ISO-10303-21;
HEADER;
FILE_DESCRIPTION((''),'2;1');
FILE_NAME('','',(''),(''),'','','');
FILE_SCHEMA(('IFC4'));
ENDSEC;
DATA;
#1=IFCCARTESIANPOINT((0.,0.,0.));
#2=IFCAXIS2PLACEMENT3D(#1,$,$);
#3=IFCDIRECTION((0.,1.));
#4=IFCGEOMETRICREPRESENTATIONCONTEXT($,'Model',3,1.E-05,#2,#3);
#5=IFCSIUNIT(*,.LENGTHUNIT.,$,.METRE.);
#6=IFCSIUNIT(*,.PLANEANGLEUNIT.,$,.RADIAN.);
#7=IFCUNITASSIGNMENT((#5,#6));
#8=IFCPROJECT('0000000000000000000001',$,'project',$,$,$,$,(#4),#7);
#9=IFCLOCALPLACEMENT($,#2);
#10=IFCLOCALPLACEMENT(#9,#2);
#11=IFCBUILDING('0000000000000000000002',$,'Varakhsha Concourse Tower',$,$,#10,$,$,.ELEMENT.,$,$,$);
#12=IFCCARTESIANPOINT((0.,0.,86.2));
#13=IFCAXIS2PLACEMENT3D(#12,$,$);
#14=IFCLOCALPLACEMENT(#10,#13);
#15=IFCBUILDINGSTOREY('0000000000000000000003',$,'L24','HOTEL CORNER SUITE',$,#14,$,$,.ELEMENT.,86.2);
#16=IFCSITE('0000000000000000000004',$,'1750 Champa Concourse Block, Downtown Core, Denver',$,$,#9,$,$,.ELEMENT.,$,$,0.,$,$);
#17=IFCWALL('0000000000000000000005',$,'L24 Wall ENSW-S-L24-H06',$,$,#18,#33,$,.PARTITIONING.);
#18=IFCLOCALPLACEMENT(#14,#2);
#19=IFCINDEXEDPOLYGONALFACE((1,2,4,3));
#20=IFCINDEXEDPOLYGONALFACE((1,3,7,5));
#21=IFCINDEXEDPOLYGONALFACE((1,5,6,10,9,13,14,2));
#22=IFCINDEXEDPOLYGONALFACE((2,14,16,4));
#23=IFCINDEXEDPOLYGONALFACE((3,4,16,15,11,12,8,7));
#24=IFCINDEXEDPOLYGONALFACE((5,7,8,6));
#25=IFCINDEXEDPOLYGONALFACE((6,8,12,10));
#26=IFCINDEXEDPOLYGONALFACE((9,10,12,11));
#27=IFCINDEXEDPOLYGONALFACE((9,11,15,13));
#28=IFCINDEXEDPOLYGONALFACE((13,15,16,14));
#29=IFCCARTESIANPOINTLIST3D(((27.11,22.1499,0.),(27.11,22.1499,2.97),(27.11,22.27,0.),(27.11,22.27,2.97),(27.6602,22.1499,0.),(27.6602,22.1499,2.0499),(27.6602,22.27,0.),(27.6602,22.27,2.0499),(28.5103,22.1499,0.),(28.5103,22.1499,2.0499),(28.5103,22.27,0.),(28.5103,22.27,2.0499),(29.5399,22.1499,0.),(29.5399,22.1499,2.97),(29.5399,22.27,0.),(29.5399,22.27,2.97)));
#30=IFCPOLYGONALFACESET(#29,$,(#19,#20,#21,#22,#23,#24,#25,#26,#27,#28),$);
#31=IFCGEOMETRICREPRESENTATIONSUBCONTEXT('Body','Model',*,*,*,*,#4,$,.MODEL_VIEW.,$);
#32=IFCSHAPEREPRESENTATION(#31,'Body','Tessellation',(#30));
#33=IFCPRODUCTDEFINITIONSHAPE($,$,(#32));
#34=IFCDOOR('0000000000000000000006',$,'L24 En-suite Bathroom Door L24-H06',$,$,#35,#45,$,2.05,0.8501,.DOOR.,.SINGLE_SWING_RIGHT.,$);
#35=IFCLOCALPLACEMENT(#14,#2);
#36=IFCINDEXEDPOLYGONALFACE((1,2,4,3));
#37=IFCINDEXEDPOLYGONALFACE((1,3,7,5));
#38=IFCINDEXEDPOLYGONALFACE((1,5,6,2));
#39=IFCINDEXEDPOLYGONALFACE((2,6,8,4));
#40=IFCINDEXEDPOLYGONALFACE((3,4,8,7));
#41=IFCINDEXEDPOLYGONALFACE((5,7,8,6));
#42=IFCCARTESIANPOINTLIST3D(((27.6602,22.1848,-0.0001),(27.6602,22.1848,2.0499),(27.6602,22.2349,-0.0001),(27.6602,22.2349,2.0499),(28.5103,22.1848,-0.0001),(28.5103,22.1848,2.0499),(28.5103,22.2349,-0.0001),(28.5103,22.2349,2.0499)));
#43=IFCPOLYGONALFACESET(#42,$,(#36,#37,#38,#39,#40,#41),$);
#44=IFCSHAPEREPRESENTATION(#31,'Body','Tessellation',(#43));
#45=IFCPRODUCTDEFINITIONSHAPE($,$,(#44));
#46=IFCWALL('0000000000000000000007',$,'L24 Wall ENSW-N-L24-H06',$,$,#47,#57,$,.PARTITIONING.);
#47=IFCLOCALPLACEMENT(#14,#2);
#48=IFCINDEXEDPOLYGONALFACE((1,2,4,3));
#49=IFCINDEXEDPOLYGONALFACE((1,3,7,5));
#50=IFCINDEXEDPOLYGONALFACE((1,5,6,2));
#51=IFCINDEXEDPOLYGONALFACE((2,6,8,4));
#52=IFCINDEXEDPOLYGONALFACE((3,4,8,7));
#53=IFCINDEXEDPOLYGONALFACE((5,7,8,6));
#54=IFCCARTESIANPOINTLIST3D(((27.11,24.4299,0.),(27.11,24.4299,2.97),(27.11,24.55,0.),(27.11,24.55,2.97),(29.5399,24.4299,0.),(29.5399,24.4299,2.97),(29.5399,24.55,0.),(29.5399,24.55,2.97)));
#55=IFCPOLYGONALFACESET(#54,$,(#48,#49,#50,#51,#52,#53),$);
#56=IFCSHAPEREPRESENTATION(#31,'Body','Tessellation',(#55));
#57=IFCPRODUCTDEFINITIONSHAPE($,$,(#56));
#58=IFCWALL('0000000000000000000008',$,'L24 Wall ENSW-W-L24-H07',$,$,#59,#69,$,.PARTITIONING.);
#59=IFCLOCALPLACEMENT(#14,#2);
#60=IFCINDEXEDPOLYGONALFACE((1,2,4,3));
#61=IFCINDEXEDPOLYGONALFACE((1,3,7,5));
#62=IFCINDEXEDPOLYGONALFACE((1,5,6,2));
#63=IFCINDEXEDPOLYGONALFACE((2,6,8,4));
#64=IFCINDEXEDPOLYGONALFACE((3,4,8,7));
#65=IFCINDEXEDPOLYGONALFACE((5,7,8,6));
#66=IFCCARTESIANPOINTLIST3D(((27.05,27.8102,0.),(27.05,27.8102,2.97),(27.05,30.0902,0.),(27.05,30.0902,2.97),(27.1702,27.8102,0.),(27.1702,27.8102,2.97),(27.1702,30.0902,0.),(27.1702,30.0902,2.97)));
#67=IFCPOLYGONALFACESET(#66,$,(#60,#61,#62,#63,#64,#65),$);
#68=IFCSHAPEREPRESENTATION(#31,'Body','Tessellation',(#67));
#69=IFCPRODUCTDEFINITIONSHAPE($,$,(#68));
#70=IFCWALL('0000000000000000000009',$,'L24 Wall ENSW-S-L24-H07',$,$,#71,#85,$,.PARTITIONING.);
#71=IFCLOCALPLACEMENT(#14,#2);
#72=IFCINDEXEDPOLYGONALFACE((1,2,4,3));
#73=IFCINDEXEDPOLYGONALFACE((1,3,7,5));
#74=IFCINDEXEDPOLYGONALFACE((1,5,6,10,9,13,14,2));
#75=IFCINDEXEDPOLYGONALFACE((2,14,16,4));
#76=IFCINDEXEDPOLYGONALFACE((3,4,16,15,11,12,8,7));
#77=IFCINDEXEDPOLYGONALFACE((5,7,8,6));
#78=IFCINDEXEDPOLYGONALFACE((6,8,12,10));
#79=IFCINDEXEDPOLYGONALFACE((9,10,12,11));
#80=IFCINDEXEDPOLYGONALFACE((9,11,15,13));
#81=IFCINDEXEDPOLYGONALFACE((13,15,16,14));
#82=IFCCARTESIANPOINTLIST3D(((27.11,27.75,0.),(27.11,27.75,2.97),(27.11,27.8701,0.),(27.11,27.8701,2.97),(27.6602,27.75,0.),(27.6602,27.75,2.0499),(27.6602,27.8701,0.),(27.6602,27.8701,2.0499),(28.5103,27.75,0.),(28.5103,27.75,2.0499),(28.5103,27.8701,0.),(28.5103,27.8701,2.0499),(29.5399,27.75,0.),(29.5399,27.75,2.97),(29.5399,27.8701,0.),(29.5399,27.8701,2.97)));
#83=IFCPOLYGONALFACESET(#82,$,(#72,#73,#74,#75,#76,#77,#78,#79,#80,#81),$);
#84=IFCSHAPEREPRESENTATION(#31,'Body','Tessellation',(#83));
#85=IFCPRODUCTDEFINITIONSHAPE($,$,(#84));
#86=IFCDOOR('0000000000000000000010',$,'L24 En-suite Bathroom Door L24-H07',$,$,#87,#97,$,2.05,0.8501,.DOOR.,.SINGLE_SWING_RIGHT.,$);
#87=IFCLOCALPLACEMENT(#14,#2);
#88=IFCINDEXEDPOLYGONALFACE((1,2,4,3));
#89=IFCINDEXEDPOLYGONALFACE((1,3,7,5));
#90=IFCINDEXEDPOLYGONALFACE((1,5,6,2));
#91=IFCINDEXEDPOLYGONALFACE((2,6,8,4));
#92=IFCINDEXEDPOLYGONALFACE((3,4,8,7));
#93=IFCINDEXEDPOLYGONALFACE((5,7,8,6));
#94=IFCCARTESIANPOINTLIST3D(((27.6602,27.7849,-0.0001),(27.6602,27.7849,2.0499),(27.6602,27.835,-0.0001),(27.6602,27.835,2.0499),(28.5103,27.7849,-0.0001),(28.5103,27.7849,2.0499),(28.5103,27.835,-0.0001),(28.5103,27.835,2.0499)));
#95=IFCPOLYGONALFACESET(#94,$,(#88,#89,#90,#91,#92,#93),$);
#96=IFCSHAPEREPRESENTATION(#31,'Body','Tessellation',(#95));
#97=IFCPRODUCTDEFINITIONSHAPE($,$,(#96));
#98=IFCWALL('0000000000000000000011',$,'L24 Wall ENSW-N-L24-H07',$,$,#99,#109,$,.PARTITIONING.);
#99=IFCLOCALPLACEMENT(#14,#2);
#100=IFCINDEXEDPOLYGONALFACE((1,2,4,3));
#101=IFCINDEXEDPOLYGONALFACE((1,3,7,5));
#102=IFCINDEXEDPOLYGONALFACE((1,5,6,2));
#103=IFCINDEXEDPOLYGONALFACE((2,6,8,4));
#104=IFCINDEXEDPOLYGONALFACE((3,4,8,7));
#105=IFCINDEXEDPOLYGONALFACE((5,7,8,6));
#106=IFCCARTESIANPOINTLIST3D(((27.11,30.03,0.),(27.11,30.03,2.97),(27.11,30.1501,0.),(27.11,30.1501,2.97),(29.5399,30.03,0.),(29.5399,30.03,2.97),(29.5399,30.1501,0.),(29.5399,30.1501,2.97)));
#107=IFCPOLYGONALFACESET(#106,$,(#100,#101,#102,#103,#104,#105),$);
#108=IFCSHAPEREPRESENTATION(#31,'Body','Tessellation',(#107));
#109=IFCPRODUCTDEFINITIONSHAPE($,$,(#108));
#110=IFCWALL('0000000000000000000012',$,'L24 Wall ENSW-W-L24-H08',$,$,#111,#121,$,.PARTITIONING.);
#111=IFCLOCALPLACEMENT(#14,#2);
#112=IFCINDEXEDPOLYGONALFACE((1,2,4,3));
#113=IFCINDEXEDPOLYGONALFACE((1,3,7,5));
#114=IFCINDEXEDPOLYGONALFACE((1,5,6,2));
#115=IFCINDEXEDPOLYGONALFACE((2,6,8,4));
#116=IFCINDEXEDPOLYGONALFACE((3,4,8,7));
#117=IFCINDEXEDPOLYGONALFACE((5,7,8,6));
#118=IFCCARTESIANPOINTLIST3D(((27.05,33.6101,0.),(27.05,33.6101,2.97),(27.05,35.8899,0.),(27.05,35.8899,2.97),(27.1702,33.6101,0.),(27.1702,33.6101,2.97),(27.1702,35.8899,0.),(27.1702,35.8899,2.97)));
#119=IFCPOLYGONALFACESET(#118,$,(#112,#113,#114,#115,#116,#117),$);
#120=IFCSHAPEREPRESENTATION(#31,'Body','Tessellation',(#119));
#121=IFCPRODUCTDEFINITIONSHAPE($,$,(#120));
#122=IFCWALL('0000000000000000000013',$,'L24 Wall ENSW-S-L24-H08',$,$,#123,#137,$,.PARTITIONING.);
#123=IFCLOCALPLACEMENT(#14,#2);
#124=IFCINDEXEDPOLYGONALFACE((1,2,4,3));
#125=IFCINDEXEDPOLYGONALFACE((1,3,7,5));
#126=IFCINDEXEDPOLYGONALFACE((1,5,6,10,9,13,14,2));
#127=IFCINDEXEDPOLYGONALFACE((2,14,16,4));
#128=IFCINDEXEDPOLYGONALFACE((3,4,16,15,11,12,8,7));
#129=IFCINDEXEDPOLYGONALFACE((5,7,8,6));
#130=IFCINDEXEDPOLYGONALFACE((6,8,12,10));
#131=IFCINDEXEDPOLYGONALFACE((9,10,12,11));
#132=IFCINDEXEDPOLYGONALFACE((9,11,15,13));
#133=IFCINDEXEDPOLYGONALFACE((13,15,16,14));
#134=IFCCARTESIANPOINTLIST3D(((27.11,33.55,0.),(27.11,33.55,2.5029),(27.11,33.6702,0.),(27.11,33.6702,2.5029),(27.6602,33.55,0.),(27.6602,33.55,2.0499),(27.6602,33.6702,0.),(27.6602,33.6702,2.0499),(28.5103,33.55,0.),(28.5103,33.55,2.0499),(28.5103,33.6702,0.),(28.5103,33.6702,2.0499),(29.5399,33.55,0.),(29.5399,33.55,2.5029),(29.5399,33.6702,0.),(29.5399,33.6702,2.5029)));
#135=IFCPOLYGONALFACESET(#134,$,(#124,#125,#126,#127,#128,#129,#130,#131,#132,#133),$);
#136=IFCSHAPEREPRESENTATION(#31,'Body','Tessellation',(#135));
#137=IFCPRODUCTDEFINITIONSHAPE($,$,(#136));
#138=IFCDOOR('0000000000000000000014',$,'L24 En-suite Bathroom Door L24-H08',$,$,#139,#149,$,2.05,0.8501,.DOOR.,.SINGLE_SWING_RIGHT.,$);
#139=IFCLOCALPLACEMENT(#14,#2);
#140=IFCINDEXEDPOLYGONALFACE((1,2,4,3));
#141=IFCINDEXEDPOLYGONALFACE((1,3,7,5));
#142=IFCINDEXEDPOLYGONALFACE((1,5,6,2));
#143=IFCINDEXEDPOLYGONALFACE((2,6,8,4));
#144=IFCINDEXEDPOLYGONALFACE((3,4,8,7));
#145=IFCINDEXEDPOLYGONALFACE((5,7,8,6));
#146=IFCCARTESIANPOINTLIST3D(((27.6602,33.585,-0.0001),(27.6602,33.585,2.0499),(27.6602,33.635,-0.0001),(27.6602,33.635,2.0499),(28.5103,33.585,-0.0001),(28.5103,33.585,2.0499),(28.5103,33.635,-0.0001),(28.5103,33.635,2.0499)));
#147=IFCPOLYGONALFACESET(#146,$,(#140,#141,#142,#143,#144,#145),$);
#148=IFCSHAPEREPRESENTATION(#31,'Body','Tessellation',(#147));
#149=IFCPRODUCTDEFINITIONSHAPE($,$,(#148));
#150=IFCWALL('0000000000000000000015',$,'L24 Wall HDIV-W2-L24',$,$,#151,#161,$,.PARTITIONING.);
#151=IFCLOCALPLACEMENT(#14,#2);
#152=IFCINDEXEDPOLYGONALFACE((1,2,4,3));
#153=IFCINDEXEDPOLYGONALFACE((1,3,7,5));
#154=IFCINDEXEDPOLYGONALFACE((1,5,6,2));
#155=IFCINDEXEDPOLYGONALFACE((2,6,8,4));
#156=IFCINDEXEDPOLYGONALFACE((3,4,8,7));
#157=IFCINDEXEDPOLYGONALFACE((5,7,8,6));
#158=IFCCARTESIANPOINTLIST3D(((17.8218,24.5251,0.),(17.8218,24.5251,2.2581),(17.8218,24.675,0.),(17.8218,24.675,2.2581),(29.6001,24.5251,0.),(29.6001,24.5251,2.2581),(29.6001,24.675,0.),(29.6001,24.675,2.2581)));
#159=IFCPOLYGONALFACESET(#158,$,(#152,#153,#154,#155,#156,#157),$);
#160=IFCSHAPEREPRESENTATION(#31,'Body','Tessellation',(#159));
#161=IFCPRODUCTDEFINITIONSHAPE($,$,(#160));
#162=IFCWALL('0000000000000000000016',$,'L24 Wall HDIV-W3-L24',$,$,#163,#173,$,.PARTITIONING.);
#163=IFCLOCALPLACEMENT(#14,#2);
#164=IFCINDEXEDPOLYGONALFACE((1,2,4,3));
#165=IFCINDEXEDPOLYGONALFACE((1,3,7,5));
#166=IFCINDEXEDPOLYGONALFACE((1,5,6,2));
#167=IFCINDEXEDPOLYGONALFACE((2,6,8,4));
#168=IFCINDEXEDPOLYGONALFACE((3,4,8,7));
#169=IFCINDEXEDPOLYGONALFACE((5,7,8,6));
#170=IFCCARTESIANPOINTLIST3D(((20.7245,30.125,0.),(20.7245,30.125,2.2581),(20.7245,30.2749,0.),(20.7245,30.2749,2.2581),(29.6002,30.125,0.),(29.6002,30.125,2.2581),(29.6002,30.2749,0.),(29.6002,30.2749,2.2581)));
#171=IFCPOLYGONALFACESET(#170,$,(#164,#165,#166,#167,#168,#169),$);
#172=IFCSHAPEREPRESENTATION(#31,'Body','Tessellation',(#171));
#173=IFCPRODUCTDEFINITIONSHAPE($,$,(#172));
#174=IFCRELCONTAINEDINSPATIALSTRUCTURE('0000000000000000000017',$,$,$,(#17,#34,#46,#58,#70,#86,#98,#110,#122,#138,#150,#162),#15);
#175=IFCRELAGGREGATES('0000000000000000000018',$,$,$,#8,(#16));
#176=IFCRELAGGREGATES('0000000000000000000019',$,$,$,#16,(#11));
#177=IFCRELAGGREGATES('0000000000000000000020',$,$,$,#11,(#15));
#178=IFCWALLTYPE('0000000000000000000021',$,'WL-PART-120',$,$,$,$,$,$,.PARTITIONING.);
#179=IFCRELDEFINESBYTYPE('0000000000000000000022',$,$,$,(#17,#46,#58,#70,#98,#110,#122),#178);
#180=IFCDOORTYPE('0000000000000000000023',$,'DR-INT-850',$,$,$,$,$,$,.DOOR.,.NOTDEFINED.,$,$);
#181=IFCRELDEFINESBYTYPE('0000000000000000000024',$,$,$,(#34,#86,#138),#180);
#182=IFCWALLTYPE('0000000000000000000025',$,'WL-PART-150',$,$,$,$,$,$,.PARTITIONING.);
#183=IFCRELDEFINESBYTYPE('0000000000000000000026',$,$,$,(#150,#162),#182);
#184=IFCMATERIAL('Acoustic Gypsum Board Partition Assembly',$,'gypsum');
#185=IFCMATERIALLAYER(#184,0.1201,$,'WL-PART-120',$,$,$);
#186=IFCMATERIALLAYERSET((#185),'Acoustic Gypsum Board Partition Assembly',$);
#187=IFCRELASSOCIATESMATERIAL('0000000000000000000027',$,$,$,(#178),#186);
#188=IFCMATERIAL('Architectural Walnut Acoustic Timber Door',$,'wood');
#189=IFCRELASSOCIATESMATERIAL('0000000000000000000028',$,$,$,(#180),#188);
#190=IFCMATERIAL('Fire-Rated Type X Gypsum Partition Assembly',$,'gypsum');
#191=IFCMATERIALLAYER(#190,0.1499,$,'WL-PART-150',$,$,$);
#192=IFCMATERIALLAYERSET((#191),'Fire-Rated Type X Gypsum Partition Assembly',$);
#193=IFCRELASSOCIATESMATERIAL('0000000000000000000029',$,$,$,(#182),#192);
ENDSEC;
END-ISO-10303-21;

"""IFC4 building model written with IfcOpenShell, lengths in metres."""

from ifc_helpers import new_model, si_unit, direction, frame, frame_2d, origin, place, context, subcontext, project, spatial, rectangle, extrude, material, layer, layer_set, type_object, element, fill, save


model = new_model("IFC4")

# Units and contexts
model_context = context("Model", 3, precision=1e-05, world=origin(), true_north=direction((0.0, 1.0)))
body_context = subcontext(model_context, "Body", "Model", "MODEL_VIEW")
ifc_project = project(units=[si_unit("LENGTHUNIT", "METRE"), si_unit("PLANEANGLEUNIT", "RADIAN")], contexts=[model_context])

# Site, building, storey
site_placement = place(None, origin())
site = spatial("IfcSite", under=ifc_project, at=site_placement, Name="1750 Champa Concourse Block, Downtown Core, Denver", CompositionType="ELEMENT", RefElevation=0.0)
building_placement = place(site_placement, origin())
building = spatial("IfcBuilding", under=site, at=building_placement, Name="Varakhsha Concourse Tower", CompositionType="ELEMENT")
storey_placement = place(building_placement, frame((0.0, 0.0, 86.2)))
storey = spatial("IfcBuildingStorey", under=building, at=storey_placement, Name="L24", Description="HOTEL CORNER SUITE", CompositionType="ELEMENT", Elevation=86.2)

# Shared definitions
ifc_material_1 = material(Name="Acoustic Gypsum Board Partition Assembly", Category="gypsum")
ifc_layer_1 = layer(ifc_material_1, 0.1201, Name="WL-PART-120")
ifc_layer_set_1 = layer_set([ifc_layer_1], Name="Acoustic Gypsum Board Partition Assembly")
wall_type_1 = type_object("IfcWallType", Name="WL-PART-120", PredefinedType="PARTITIONING", material=ifc_layer_set_1)

# Wall, opening, door
wall_1_placement = place(storey_placement, frame((27.1101, 22.21, 0.0), z_axis=(0.0, 0.0, 1.0), x_axis=(1.0, 0.0, 0.0)))
wall_1 = element("IfcWall", 1, at=wall_1_placement, inside=storey, type_object=wall_type_1, Name="L24 Wall ENSW-S-L24-H06", PredefinedType="PARTITIONING", context=body_context, shape_type="SweptSolid", body=[
    extrude(rectangle(XDim=2.4299, YDim=0.1201, at=frame_2d((1.2148, 0.0))), origin(), (0.0, 0.0, 1.0), 2.97),
])
opening_1_placement = place(wall_1_placement, frame((0.55, 0.0, 0.0)))
opening_1 = element("IfcOpeningElement", 2, at=opening_1_placement, cuts=wall_1, PredefinedType="OPENING", context=body_context, shape_type="SweptSolid", body=[
    extrude(rectangle(XDim=0.8501, YDim=2.05, at=frame_2d((0.425, 1.0249))), frame((0.0, 0.0701, 0.0), z_axis=(0.0, -1.0, 0.0), x_axis=(1.0, 0.0, 0.0)), (0.0, 0.0, 1.0), 0.1401),
])
ifc_material_2 = material(Name="Architectural Walnut Acoustic Timber Door", Category="wood")
door_type_1 = type_object("IfcDoorType", Name="DR-INT-850", OperationType="NOTDEFINED", PredefinedType="DOOR", material=ifc_material_2)
door_1_placement = place(opening_1_placement, origin())
door_1 = element("IfcDoor", 3, at=door_1_placement, inside=storey, type_object=door_type_1, Name="L24 En-suite Bathroom Door L24-H06", OperationType="SINGLE_SWING_RIGHT", OverallHeight=2.05, OverallWidth=0.8501, PredefinedType="DOOR", context=body_context, shape_type="SweptSolid", body=[
    extrude(rectangle(XDim=0.8501, YDim=2.05, at=frame_2d((0.425, 1.0249))), frame((0.0, 0.0249, 0.0), z_axis=(0.0, -1.0, 0.0), x_axis=(1.0, 0.0, 0.0)), (0.0, 0.0, 1.0), 0.05),
])
fill(opening_1, door_1)

# Walls
wall_2_placement = place(storey_placement, frame((27.1101, 24.49, 0.0), z_axis=(0.0, 0.0, 1.0), x_axis=(1.0, 0.0, 0.0)))
element("IfcWall", 4, at=wall_2_placement, inside=storey, type_object=wall_type_1, Name="L24 Wall ENSW-N-L24-H06", PredefinedType="PARTITIONING", context=body_context, shape_type="SweptSolid", body=[
    extrude(rectangle(XDim=2.4299, YDim=0.1201, at=frame_2d((1.2148, 0.0))), origin(), (0.0, 0.0, 1.0), 2.97),
])
wall_3_placement = place(storey_placement, frame((27.1101, 27.8101, 0.0), z_axis=(0.0, 0.0, 1.0), x_axis=(0.0, 1.0, 0.0)))
element("IfcWall", 5, at=wall_3_placement, inside=storey, type_object=wall_type_1, Name="L24 Wall ENSW-W-L24-H07", PredefinedType="PARTITIONING", context=body_context, shape_type="SweptSolid", body=[
    extrude(rectangle(XDim=2.28, YDim=0.1201, at=frame_2d((1.1401, 0.0))), origin(), (0.0, 0.0, 1.0), 2.97),
])

# Wall, opening, door
wall_4_placement = place(storey_placement, frame((27.1101, 27.8101, 0.0), z_axis=(0.0, 0.0, 1.0), x_axis=(1.0, 0.0, 0.0)))
wall_4 = element("IfcWall", 6, at=wall_4_placement, inside=storey, type_object=wall_type_1, Name="L24 Wall ENSW-S-L24-H07", PredefinedType="PARTITIONING", context=body_context, shape_type="SweptSolid", body=[
    extrude(rectangle(XDim=2.4299, YDim=0.1201, at=frame_2d((1.2148, 0.0))), origin(), (0.0, 0.0, 1.0), 2.97),
])
opening_2_placement = place(wall_4_placement, frame((0.55, 0.0, 0.0)))
opening_2 = element("IfcOpeningElement", 7, at=opening_2_placement, cuts=wall_4, PredefinedType="OPENING", context=body_context, shape_type="SweptSolid", body=[
    extrude(rectangle(XDim=0.8501, YDim=2.05, at=frame_2d((0.425, 1.0249))), frame((0.0, 0.0701, 0.0), z_axis=(0.0, -1.0, 0.0), x_axis=(1.0, 0.0, 0.0)), (0.0, 0.0, 1.0), 0.1401),
])
door_2_placement = place(opening_2_placement, origin())
door_2 = element("IfcDoor", 8, at=door_2_placement, inside=storey, type_object=door_type_1, Name="L24 En-suite Bathroom Door L24-H07", OperationType="SINGLE_SWING_RIGHT", OverallHeight=2.05, OverallWidth=0.8501, PredefinedType="DOOR", context=body_context, shape_type="SweptSolid", body=[
    extrude(rectangle(XDim=0.8501, YDim=2.05, at=frame_2d((0.425, 1.0249))), frame((0.0, 0.0249, 0.0), z_axis=(0.0, -1.0, 0.0), x_axis=(1.0, 0.0, 0.0)), (0.0, 0.0, 1.0), 0.05),
])
fill(opening_2, door_2)

# Walls
wall_5_placement = place(storey_placement, frame((27.1101, 30.0901, 0.0), z_axis=(0.0, 0.0, 1.0), x_axis=(1.0, 0.0, 0.0)))
element("IfcWall", 9, at=wall_5_placement, inside=storey, type_object=wall_type_1, Name="L24 Wall ENSW-N-L24-H07", PredefinedType="PARTITIONING", context=body_context, shape_type="SweptSolid", body=[
    extrude(rectangle(XDim=2.4299, YDim=0.1201, at=frame_2d((1.2148, 0.0))), origin(), (0.0, 0.0, 1.0), 2.97),
])
wall_6_placement = place(storey_placement, frame((27.1101, 33.6101, 0.0), z_axis=(0.0, 0.0, 1.0), x_axis=(0.0, 1.0, 0.0)))
element("IfcWall", 10, at=wall_6_placement, inside=storey, type_object=wall_type_1, Name="L24 Wall ENSW-W-L24-H08", PredefinedType="PARTITIONING", context=body_context, shape_type="SweptSolid", body=[
    extrude(rectangle(XDim=2.2798, YDim=0.1201, at=frame_2d((1.1399, 0.0))), origin(), (0.0, 0.0, 1.0), 2.97),
])

# Wall, opening, door
wall_7_placement = place(storey_placement, frame((27.1101, 33.6101, 0.0), z_axis=(0.0, 0.0, 1.0), x_axis=(1.0, 0.0, 0.0)))
wall_7 = element("IfcWall", 11, at=wall_7_placement, inside=storey, type_object=wall_type_1, Name="L24 Wall ENSW-S-L24-H08", PredefinedType="PARTITIONING", context=body_context, shape_type="SweptSolid", body=[
    extrude(rectangle(XDim=2.4299, YDim=0.1201, at=frame_2d((1.2148, 0.0))), origin(), (0.0, 0.0, 1.0), 2.5029),
])
opening_3_placement = place(wall_7_placement, frame((0.55, 0.0, 0.0)))
opening_3 = element("IfcOpeningElement", 12, at=opening_3_placement, cuts=wall_7, PredefinedType="OPENING", context=body_context, shape_type="SweptSolid", body=[
    extrude(rectangle(XDim=0.8501, YDim=2.05, at=frame_2d((0.425, 1.0249))), frame((0.0, 0.0701, 0.0), z_axis=(0.0, -1.0, 0.0), x_axis=(1.0, 0.0, 0.0)), (0.0, 0.0, 1.0), 0.1401),
])
door_3_placement = place(opening_3_placement, origin())
door_3 = element("IfcDoor", 13, at=door_3_placement, inside=storey, type_object=door_type_1, Name="L24 En-suite Bathroom Door L24-H08", OperationType="SINGLE_SWING_RIGHT", OverallHeight=2.05, OverallWidth=0.8501, PredefinedType="DOOR", context=body_context, shape_type="SweptSolid", body=[
    extrude(rectangle(XDim=0.8501, YDim=2.05, at=frame_2d((0.425, 1.0249))), frame((0.0, 0.0249, 0.0), z_axis=(0.0, -1.0, 0.0), x_axis=(1.0, 0.0, 0.0)), (0.0, 0.0, 1.0), 0.05),
])
fill(opening_3, door_3)

# Walls
ifc_material_3 = material(Name="Fire-Rated Type X Gypsum Partition Assembly", Category="gypsum")
ifc_layer_2 = layer(ifc_material_3, 0.1499, Name="WL-PART-150")
ifc_layer_set_2 = layer_set([ifc_layer_2], Name="Fire-Rated Type X Gypsum Partition Assembly")
wall_type_2 = type_object("IfcWallType", Name="WL-PART-150", PredefinedType="PARTITIONING", material=ifc_layer_set_2)
wall_8_placement = place(storey_placement, frame((17.8218, 24.6001, 0.0), z_axis=(0.0, 0.0, 1.0), x_axis=(1.0, 0.0, 0.0)))
element("IfcWall", 14, at=wall_8_placement, inside=storey, type_object=wall_type_2, Name="L24 Wall HDIV-W2-L24", PredefinedType="PARTITIONING", context=body_context, shape_type="SweptSolid", body=[
    extrude(rectangle(XDim=11.7783, YDim=0.1499, at=frame_2d((5.8892, 0.0))), origin(), (0.0, 0.0, 1.0), 2.2581),
])
wall_9_placement = place(storey_placement, frame((20.7244, 30.2, 0.0), z_axis=(0.0, 0.0, 1.0), x_axis=(1.0, 0.0, 0.0)))
element("IfcWall", 15, at=wall_9_placement, inside=storey, type_object=wall_type_2, Name="L24 Wall HDIV-W3-L24", PredefinedType="PARTITIONING", context=body_context, shape_type="SweptSolid", body=[
    extrude(rectangle(XDim=8.8757, YDim=0.1499, at=frame_2d((4.438, 0.0))), origin(), (0.0, 0.0, 1.0), 2.2581),
])

save(model, "model.ifc")
